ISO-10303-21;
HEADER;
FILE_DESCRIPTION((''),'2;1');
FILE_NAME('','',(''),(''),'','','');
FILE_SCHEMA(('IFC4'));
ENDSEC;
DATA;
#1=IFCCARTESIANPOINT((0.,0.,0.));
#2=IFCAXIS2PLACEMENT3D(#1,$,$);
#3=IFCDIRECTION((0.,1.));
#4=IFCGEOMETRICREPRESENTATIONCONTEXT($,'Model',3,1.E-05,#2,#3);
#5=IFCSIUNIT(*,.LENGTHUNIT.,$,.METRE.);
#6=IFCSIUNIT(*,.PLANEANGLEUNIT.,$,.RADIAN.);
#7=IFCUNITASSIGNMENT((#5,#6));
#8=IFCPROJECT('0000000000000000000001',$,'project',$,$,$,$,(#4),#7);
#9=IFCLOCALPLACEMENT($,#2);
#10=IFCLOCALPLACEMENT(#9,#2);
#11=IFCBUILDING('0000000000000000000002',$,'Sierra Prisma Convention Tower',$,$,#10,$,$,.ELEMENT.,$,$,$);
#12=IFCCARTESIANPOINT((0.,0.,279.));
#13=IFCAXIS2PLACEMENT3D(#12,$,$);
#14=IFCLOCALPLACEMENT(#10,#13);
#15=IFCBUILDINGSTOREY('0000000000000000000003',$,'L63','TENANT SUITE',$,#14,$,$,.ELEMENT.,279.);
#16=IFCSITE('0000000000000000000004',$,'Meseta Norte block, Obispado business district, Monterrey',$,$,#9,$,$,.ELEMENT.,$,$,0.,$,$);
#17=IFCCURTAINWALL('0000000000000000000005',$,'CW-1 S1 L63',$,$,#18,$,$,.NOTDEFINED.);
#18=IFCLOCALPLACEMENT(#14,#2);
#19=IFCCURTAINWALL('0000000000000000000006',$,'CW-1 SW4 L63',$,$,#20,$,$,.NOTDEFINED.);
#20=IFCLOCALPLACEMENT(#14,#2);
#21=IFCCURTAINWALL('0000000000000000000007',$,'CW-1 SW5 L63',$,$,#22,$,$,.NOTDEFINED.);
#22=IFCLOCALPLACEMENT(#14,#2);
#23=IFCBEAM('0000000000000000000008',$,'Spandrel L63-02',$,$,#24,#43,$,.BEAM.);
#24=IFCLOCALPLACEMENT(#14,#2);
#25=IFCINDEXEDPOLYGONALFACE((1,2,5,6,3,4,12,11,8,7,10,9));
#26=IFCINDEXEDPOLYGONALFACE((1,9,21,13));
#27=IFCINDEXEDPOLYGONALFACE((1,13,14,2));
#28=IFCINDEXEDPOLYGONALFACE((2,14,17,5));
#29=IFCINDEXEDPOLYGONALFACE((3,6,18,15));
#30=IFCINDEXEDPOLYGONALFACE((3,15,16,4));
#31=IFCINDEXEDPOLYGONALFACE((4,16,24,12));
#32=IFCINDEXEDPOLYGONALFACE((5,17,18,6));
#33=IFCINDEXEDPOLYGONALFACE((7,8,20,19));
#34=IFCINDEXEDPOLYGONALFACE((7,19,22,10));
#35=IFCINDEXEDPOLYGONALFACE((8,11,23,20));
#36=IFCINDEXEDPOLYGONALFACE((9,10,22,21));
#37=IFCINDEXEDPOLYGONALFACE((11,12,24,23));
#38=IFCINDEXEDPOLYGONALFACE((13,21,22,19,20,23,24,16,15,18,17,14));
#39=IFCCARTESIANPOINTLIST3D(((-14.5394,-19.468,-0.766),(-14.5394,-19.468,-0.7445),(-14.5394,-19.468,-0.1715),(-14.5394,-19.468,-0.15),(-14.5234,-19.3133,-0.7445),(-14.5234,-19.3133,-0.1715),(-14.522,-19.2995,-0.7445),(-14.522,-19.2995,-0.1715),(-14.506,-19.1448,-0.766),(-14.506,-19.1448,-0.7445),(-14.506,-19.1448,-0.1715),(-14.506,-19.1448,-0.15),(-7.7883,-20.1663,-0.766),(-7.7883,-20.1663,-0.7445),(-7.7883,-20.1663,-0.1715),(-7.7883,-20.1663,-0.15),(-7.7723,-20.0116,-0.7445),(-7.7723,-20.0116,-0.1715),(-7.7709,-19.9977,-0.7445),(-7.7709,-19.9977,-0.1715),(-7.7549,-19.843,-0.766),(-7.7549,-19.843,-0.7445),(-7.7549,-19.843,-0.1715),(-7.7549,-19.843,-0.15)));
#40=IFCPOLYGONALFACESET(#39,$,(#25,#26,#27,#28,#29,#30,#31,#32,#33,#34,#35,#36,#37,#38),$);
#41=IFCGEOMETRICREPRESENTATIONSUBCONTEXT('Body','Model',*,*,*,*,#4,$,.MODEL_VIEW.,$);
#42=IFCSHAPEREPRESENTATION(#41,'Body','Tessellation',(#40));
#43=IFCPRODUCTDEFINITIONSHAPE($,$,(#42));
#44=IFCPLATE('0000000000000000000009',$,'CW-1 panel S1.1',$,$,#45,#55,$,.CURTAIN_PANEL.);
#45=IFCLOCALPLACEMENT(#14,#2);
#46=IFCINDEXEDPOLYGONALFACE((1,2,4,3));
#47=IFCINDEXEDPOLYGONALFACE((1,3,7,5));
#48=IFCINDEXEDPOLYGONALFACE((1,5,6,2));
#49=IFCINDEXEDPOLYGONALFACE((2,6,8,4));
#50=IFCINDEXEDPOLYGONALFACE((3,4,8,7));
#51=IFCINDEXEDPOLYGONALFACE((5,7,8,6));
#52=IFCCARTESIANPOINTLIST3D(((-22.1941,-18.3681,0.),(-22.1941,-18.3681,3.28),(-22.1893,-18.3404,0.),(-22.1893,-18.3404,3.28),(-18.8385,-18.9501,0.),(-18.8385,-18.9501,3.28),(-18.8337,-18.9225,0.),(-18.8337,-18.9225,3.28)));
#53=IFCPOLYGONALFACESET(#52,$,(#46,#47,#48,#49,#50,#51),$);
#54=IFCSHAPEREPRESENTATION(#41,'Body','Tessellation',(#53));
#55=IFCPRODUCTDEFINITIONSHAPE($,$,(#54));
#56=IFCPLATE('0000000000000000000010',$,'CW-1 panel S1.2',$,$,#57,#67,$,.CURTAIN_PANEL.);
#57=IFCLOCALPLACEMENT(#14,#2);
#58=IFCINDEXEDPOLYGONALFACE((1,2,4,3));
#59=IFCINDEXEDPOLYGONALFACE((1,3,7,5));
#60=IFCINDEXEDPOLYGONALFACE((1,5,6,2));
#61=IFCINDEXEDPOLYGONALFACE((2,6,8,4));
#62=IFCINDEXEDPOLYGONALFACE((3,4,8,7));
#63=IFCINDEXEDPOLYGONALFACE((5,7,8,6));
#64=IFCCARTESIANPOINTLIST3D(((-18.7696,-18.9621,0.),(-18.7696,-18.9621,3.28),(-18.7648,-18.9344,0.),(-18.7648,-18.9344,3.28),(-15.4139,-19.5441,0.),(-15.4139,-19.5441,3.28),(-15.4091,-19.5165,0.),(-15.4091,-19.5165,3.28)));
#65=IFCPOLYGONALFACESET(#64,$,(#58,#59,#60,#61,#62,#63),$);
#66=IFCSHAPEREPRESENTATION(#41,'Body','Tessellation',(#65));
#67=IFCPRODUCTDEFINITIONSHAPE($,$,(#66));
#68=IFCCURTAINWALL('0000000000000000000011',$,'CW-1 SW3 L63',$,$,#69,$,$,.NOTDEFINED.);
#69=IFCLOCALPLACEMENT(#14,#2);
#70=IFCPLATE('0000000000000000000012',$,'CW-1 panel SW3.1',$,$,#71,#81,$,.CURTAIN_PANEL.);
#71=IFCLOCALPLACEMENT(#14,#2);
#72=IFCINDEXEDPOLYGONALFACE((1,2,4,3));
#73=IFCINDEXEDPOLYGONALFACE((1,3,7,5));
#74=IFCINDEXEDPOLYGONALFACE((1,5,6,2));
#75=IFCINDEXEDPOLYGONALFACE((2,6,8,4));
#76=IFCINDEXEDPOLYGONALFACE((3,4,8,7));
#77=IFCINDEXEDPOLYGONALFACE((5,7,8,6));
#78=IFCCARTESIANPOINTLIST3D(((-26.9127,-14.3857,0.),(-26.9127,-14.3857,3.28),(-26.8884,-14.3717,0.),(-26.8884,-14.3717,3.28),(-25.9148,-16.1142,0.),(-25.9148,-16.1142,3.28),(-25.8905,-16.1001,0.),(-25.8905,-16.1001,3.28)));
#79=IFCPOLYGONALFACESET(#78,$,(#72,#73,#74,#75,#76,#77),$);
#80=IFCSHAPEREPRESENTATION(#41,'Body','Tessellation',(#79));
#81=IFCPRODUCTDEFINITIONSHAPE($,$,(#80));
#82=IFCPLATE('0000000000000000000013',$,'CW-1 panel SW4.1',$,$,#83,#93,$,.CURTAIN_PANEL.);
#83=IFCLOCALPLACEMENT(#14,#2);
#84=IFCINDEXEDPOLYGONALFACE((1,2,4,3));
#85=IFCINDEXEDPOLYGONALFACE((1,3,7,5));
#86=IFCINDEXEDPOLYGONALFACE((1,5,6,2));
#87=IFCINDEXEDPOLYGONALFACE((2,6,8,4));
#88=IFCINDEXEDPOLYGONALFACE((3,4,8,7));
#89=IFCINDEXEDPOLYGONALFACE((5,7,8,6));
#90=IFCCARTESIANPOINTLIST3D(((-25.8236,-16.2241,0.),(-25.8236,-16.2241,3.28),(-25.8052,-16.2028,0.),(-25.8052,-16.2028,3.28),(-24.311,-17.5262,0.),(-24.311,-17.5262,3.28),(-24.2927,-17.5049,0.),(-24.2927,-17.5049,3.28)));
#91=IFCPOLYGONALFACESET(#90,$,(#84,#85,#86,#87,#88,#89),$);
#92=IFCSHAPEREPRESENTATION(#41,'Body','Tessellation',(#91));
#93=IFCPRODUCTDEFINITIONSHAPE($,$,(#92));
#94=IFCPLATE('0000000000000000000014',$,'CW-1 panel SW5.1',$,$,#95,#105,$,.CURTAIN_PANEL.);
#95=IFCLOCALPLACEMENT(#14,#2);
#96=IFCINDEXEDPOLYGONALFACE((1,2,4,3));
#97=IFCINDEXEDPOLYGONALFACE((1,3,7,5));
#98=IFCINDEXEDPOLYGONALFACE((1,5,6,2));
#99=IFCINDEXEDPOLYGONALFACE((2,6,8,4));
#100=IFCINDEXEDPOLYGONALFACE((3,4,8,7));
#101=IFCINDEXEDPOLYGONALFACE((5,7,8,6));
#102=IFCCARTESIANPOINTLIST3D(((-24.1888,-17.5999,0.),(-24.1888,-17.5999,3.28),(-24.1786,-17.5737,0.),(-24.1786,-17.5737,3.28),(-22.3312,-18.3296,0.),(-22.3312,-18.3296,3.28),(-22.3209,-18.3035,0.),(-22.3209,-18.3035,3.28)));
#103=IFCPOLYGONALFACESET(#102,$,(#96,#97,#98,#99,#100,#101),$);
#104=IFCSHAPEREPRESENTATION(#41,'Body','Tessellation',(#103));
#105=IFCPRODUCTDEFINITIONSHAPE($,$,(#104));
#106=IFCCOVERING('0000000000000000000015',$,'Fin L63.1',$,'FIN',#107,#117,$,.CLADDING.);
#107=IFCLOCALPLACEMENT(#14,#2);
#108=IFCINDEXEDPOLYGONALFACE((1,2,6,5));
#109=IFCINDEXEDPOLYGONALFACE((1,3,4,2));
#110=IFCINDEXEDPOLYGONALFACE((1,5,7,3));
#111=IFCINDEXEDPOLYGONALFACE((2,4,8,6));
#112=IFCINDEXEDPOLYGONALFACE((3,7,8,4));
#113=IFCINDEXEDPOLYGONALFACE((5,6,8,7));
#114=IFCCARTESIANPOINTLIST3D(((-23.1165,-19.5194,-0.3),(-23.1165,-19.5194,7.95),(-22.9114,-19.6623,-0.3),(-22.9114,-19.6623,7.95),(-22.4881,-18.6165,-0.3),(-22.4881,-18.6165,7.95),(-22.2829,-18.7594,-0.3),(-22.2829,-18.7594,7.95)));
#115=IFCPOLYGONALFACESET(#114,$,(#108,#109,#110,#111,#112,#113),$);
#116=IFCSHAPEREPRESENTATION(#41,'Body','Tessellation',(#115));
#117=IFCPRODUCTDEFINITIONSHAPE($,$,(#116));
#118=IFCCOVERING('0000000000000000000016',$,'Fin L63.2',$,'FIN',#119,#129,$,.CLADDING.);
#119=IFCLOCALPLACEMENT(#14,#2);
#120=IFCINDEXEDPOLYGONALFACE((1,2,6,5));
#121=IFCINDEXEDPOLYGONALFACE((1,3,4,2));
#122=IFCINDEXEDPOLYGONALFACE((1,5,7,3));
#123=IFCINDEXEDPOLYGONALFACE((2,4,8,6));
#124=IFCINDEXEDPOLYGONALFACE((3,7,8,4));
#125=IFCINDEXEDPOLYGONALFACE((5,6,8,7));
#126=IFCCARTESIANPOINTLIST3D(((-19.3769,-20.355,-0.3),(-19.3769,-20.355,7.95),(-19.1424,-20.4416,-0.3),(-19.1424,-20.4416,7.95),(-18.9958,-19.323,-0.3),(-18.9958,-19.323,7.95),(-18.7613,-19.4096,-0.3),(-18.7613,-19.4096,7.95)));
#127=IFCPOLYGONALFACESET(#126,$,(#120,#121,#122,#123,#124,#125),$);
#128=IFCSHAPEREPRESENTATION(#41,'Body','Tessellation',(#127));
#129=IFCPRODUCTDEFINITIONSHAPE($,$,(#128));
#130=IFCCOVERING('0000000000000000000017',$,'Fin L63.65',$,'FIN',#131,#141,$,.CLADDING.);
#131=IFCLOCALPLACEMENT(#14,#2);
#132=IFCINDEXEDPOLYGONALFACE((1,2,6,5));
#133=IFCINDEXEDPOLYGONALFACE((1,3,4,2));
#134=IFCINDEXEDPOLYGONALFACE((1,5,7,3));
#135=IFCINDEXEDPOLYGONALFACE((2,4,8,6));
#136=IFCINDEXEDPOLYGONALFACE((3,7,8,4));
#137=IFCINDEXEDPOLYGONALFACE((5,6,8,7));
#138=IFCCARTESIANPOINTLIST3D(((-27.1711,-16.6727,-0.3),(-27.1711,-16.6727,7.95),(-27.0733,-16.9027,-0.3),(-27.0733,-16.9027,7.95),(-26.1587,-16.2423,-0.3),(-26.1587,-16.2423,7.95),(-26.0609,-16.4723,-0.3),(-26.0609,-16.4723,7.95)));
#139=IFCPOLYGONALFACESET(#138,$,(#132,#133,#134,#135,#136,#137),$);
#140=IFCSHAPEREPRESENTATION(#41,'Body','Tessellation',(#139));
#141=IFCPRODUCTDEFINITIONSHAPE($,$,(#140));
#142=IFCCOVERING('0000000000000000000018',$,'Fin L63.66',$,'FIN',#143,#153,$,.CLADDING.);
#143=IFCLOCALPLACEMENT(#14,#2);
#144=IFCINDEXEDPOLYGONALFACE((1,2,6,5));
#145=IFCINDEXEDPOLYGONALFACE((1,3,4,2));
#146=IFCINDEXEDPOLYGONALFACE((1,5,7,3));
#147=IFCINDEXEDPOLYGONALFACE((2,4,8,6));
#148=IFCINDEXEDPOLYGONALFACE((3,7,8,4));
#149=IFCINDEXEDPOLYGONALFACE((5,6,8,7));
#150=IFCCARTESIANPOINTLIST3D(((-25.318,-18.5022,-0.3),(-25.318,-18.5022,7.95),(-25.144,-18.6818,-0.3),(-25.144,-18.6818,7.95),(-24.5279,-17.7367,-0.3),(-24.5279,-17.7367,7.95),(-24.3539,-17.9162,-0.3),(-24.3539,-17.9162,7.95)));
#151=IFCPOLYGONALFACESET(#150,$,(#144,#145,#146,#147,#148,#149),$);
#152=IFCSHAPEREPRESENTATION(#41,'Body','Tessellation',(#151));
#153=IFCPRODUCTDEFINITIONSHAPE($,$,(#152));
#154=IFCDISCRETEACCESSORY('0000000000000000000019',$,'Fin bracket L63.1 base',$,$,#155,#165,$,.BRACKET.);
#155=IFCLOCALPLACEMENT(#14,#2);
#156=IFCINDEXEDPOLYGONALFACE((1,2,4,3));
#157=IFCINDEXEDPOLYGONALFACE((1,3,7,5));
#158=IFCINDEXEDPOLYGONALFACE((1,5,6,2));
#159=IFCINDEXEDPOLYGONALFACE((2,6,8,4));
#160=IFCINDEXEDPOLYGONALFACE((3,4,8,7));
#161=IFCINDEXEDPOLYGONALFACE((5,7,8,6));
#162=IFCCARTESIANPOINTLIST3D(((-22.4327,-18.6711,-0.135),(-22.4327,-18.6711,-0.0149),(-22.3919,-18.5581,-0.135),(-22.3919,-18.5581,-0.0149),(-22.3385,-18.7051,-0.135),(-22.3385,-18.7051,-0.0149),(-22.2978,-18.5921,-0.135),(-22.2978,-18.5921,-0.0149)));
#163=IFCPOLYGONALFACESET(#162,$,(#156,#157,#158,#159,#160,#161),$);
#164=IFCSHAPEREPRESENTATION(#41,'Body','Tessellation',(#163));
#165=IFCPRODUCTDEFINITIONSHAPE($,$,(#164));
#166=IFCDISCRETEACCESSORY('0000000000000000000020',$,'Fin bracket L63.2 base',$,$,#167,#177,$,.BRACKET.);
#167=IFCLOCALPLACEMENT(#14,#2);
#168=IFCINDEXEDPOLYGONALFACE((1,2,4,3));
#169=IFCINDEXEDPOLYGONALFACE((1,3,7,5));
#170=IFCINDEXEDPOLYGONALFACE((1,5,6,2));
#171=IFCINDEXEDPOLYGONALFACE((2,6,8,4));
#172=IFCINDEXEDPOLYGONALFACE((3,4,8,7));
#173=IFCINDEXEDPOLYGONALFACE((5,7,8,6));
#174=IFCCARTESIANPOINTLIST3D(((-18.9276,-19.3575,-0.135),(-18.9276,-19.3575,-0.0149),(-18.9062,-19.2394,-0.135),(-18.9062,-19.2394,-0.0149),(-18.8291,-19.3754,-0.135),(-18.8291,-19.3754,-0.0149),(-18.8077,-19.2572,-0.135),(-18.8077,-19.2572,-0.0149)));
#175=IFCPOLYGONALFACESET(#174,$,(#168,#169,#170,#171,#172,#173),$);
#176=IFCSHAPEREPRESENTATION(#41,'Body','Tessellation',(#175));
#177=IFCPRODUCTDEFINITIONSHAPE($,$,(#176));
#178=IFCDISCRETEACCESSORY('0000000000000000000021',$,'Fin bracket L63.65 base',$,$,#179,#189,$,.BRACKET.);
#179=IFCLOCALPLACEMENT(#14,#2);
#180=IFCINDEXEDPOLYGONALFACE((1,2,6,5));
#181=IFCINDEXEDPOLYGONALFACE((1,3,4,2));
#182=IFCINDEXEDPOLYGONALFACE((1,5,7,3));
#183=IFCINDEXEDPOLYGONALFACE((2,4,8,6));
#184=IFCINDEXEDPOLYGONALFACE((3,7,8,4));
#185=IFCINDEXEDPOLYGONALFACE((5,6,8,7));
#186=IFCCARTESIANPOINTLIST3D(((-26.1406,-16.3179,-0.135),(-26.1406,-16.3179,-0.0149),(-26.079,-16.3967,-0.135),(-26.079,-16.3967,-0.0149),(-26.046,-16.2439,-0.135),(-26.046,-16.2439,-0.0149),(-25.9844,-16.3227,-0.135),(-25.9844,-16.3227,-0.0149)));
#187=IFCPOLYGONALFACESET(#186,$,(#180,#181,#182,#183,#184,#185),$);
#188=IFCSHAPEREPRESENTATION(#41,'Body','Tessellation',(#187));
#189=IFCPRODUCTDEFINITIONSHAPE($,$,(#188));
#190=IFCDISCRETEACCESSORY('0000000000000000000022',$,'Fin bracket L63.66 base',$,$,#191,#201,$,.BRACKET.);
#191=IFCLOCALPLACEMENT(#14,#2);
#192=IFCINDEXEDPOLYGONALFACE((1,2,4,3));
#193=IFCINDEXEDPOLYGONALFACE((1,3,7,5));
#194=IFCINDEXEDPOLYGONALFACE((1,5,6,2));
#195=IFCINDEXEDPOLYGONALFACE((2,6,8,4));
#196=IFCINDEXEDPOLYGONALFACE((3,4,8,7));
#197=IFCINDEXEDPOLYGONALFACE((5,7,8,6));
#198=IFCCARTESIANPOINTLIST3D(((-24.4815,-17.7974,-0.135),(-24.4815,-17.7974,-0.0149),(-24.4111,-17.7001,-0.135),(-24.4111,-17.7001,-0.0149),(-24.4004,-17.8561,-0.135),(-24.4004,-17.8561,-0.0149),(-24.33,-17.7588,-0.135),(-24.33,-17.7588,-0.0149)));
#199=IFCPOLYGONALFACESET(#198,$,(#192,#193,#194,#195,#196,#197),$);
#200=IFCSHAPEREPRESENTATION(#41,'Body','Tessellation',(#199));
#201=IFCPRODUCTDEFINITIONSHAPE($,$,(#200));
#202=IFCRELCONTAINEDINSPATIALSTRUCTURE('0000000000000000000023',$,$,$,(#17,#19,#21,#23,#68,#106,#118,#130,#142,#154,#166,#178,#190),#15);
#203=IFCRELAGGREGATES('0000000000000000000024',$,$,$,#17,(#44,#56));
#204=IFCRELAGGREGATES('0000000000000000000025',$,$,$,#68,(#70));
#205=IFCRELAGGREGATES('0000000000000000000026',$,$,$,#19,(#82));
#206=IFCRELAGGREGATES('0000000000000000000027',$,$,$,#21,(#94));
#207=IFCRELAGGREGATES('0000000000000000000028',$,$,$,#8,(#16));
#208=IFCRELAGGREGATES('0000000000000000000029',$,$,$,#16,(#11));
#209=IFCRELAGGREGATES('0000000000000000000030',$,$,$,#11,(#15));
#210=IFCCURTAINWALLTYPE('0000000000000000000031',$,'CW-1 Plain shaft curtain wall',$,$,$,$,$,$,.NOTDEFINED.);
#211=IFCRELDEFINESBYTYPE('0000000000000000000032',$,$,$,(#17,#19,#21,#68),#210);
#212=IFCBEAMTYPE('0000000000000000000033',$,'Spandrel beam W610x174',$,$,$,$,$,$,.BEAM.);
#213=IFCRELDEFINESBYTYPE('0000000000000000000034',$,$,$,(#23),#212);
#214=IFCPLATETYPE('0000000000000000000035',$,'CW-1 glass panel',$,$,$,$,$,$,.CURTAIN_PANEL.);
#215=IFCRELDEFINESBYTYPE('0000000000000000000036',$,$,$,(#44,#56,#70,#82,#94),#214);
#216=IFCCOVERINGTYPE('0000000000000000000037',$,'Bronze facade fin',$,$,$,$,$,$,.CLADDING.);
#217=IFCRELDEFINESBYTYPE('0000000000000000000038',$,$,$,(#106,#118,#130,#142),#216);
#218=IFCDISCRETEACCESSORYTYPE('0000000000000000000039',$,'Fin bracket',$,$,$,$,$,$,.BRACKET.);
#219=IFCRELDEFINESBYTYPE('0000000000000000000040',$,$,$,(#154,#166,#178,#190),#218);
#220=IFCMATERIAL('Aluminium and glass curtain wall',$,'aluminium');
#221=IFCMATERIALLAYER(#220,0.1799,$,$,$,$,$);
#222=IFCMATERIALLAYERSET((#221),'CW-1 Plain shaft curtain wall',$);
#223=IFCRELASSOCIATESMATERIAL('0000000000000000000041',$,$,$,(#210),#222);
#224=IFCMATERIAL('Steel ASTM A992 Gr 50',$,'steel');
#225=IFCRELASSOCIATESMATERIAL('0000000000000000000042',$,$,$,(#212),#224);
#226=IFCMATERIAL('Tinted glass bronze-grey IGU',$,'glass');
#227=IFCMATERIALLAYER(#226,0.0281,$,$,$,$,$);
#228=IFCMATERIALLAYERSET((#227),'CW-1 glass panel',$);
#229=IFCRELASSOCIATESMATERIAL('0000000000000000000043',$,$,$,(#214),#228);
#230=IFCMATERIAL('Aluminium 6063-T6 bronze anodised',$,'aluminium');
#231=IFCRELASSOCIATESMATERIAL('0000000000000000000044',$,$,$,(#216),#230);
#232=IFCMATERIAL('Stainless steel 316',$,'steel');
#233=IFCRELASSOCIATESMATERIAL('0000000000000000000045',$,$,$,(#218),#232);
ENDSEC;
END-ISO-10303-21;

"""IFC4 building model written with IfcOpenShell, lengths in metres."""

from ifc_helpers import new_model, si_unit, direction, frame, origin, origin_2d, place, context, subcontext, project, spatial, rectangle, i_section, extrude, material, layer, layer_set, material_profile, profile_set, type_object, element, aggregate, save


model = new_model("IFC4")

# Units and contexts
model_context = context("Model", 3, precision=1e-05, world=origin(), true_north=direction((0.0, 1.0)))
body_context = subcontext(model_context, "Body", "Model", "MODEL_VIEW")
ifc_project = project(units=[si_unit("LENGTHUNIT", "METRE"), si_unit("PLANEANGLEUNIT", "RADIAN")], contexts=[model_context])

# Site, building, storey
site_placement = place(None, origin())
site = spatial("IfcSite", under=ifc_project, at=site_placement, Name="Meseta Norte block, Obispado business district, Monterrey", CompositionType="ELEMENT", RefElevation=0.0)
building_placement = place(site_placement, origin())
building = spatial("IfcBuilding", under=site, at=building_placement, Name="Sierra Prisma Convention Tower", CompositionType="ELEMENT")
storey_placement = place(building_placement, frame((0.0, 0.0, 279.0)))
storey = spatial("IfcBuildingStorey", under=building, at=storey_placement, Name="L63", Description="TENANT SUITE", CompositionType="ELEMENT", Elevation=279.0)

# Curtain wall
ifc_material_1 = material(Name="Aluminium and glass curtain wall", Category="aluminium")
ifc_layer_1 = layer(ifc_material_1, 0.1799)
ifc_layer_set_1 = layer_set([ifc_layer_1], Name="CW-1 Plain shaft curtain wall")
curtain_wall_type = type_object("IfcCurtainWallType", Name="CW-1 Plain shaft curtain wall", PredefinedType="NOTDEFINED", material=ifc_layer_set_1)
curtain_wall_1_placement = place(storey_placement, origin())
curtain_wall_1 = element("IfcCurtainWall", 1, at=curtain_wall_1_placement, inside=storey, type_object=curtain_wall_type, Name="CW-1 S1 L63", PredefinedType="NOTDEFINED")

# Curtain walls
curtain_wall_2_placement = place(storey_placement, origin())
curtain_wall_2 = element("IfcCurtainWall", 2, at=curtain_wall_2_placement, inside=storey, type_object=curtain_wall_type, Name="CW-1 SW4 L63", PredefinedType="NOTDEFINED")
curtain_wall_3_placement = place(storey_placement, origin())
curtain_wall_3 = element("IfcCurtainWall", 3, at=curtain_wall_3_placement, inside=storey, type_object=curtain_wall_type, Name="CW-1 SW5 L63", PredefinedType="NOTDEFINED")

# Beam
ifc_material_2 = material(Name="Steel ASTM A992 Gr 50", Category="steel")
ifc_material_profile_1 = material_profile(ifc_material_2, i_section(OverallWidth=0.325, OverallDepth=0.616, WebThickness=0.0139, FlangeThickness=0.0215, at=origin_2d()), Name="W610x174")
ifc_profile_set_1 = profile_set([ifc_material_profile_1], Name="Steel ASTM A992 Gr 50")
beam_type_1 = type_object("IfcBeamType", Name="Spandrel beam W610x174", PredefinedType="BEAM", material=ifc_profile_set_1)
beam_1_placement = place(storey_placement, frame((-14.5227, -19.3064, -0.458), z_axis=(0.994694, -0.10288, 0.0), x_axis=(0.10288, 0.994694, 0.0)))
element("IfcBeam", 4, at=beam_1_placement, inside=storey, type_object=beam_type_1, Name="Spandrel L63-02", PredefinedType="BEAM", context=body_context, shape_type="SweptSolid", body=[
    extrude(i_section(OverallWidth=0.325, OverallDepth=0.616, WebThickness=0.0139, FlangeThickness=0.0215, at=origin_2d()), origin(), (0.0, 0.0, 1.0), 6.7871),
])

# Plates
ifc_material_3 = material(Name="Tinted glass bronze-grey IGU", Category="glass")
ifc_layer_2 = layer(ifc_material_3, 0.0281)
ifc_layer_set_2 = layer_set([ifc_layer_2], Name="CW-1 glass panel")
plate_type = type_object("IfcPlateType", Name="CW-1 glass panel", PredefinedType="CURTAIN_PANEL", material=ifc_layer_set_2)
plate_1_placement = place(storey_placement, frame((-20.5139, -18.6453, 0.0), z_axis=(0.0, 0.0, 1.0), x_axis=(0.985288, -0.170902, 0.0)))
plate_1 = element("IfcPlate", 5, at=plate_1_placement, type_object=plate_type, Name="CW-1 panel S1.1", PredefinedType="CURTAIN_PANEL", context=body_context, shape_type="SweptSolid", body=[
    extrude(rectangle(XDim=3.4058, YDim=0.0281, at=origin_2d()), origin(), (0.0, 0.0, 1.0), 3.28),
])
plate_2_placement = place(storey_placement, frame((-17.0894, -19.2393, 0.0), z_axis=(0.0, 0.0, 1.0), x_axis=(0.985288, -0.170902, 0.0)))
plate_2 = element("IfcPlate", 6, at=plate_2_placement, type_object=plate_type, Name="CW-1 panel S1.2", PredefinedType="CURTAIN_PANEL", context=body_context, shape_type="SweptSolid", body=[
    extrude(rectangle(XDim=3.4058, YDim=0.0281, at=origin_2d()), origin(), (0.0, 0.0, 1.0), 3.28),
])
aggregate(curtain_wall_1, [plate_1, plate_2])

# Curtain wall, plate
curtain_wall_4_placement = place(storey_placement, origin())
curtain_wall_4 = element("IfcCurtainWall", 7, at=curtain_wall_4_placement, inside=storey, type_object=curtain_wall_type, Name="CW-1 SW3 L63", PredefinedType="NOTDEFINED")
plate_3_placement = place(storey_placement, frame((-26.4016, -15.2429, 0.0), z_axis=(0.0, 0.0, 1.0), x_axis=(0.5, -0.866025, 0.0)))
plate_3 = element("IfcPlate", 8, at=plate_3_placement, type_object=plate_type, Name="CW-1 panel SW3.1", PredefinedType="CURTAIN_PANEL", context=body_context, shape_type="SweptSolid", body=[
    extrude(rectangle(XDim=1.9958, YDim=0.0281, at=origin_2d()), origin(), (0.0, 0.0, 1.0), 3.28),
])
aggregate(curtain_wall_4, [plate_3])

# Plates
plate_4_placement = place(storey_placement, frame((-25.0581, -16.8645, 0.0), z_axis=(0.0, 0.0, 1.0), x_axis=(0.757869, -0.652407, 0.0)))
plate_4 = element("IfcPlate", 9, at=plate_4_placement, type_object=plate_type, Name="CW-1 panel SW4.1", PredefinedType="CURTAIN_PANEL", context=body_context, shape_type="SweptSolid", body=[
    extrude(rectangle(XDim=1.9958, YDim=0.0281, at=origin_2d()), origin(), (0.0, 0.0, 1.0), 3.28),
])
aggregate(curtain_wall_2, [plate_4])
plate_5_placement = place(storey_placement, frame((-23.2549, -17.9517, 0.0), z_axis=(0.0, 0.0, 1.0), x_axis=(0.930759, -0.365634, 0.0)))
plate_5 = element("IfcPlate", 10, at=plate_5_placement, type_object=plate_type, Name="CW-1 panel SW5.1", PredefinedType="CURTAIN_PANEL", context=body_context, shape_type="SweptSolid", body=[
    extrude(rectangle(XDim=1.9958, YDim=0.0281, at=origin_2d()), origin(), (0.0, 0.0, 1.0), 3.28),
])
aggregate(curtain_wall_3, [plate_5])

# Coverings
ifc_material_4 = material(Name="Aluminium 6063-T6 bronze anodised", Category="aluminium")
ifc_material_profile_2 = material_profile(ifc_material_4, rectangle(XDim=1.1001, YDim=0.25, at=origin_2d()), Name="ALU FIN 1100x250")
ifc_profile_set_2 = profile_set([ifc_material_profile_2], Name="Aluminium 6063-T6 bronze anodised")
covering_type = type_object("IfcCoveringType", Name="Bronze facade fin", PredefinedType="CLADDING", material=ifc_profile_set_2)
for number, where, z_axis, x_axis, name in (
    (11, (-22.6997, -19.1394, -0.3), (0.0, 0.0, 1.0), (-0.57129, -0.820748, 0.0), "Fin L63.1"),
    (12, (-19.0691, -19.8823, -0.3), (0.0, 0.0, 1.0), (-0.346413, -0.938082, 0.0), "Fin L63.2"),
    (13, (-26.616, -16.5725, -0.3), (0.0, 0.0, 1.0), (-0.920287, -0.391244, 0.0), "Fin L63.65"),
    (14, (-24.8359, -18.2092, -0.3), (0.0, 0.0, 1.0), (-0.718177, -0.695861, 0.0), "Fin L63.66"),
):
    element("IfcCovering", number, at=place(storey_placement, frame(where, z_axis=z_axis, x_axis=x_axis)), inside=storey, type_object=covering_type, Name=name, ObjectType="FIN", PredefinedType="CLADDING", context=body_context, shape_type="SweptSolid", body=[
        extrude(rectangle(XDim=1.1001, YDim=0.25, at=origin_2d()), origin(), (0.0, 0.0, 1.0), 8.25),
    ])

# Discrete accessories
ifc_material_5 = material(Name="Stainless steel 316", Category="steel")
discrete_accessory_type = type_object("IfcDiscreteAccessoryType", Name="Fin bracket", PredefinedType="BRACKET", material=ifc_material_5)
for number, where, z_axis, x_axis, name in (
    (15, (-22.3652, -18.6316, -0.135), (0.0, 0.0, 1.0), (-0.339399, -0.940643, 0.0), "Fin bracket L63.1 base"),
    (16, (-18.8677, -19.3074, -0.135), (0.0, 0.0, 1.0), (-0.178254, -0.983984, 0.0), "Fin bracket L63.2 base"),
    (17, (-26.0625, -16.3203, -0.135), (0.0, 0.0, 1.0), (-0.787667, -0.616101, 0.0), "Fin bracket L63.65 base"),
    (18, (-24.4058, -17.7781, -0.135), (0.0, 0.0, 1.0), (-0.586431, -0.809999, 0.0), "Fin bracket L63.66 base"),
):
    element("IfcDiscreteAccessory", number, at=place(storey_placement, frame(where, z_axis=z_axis, x_axis=x_axis)), inside=storey, type_object=discrete_accessory_type, Name=name, PredefinedType="BRACKET", context=body_context, shape_type="SweptSolid", body=[
        extrude(rectangle(XDim=0.1201, YDim=0.1001, at=origin_2d()), origin(), (0.0, 0.0, 1.0), 0.1201),
    ])

save(model, "model.ifc")
